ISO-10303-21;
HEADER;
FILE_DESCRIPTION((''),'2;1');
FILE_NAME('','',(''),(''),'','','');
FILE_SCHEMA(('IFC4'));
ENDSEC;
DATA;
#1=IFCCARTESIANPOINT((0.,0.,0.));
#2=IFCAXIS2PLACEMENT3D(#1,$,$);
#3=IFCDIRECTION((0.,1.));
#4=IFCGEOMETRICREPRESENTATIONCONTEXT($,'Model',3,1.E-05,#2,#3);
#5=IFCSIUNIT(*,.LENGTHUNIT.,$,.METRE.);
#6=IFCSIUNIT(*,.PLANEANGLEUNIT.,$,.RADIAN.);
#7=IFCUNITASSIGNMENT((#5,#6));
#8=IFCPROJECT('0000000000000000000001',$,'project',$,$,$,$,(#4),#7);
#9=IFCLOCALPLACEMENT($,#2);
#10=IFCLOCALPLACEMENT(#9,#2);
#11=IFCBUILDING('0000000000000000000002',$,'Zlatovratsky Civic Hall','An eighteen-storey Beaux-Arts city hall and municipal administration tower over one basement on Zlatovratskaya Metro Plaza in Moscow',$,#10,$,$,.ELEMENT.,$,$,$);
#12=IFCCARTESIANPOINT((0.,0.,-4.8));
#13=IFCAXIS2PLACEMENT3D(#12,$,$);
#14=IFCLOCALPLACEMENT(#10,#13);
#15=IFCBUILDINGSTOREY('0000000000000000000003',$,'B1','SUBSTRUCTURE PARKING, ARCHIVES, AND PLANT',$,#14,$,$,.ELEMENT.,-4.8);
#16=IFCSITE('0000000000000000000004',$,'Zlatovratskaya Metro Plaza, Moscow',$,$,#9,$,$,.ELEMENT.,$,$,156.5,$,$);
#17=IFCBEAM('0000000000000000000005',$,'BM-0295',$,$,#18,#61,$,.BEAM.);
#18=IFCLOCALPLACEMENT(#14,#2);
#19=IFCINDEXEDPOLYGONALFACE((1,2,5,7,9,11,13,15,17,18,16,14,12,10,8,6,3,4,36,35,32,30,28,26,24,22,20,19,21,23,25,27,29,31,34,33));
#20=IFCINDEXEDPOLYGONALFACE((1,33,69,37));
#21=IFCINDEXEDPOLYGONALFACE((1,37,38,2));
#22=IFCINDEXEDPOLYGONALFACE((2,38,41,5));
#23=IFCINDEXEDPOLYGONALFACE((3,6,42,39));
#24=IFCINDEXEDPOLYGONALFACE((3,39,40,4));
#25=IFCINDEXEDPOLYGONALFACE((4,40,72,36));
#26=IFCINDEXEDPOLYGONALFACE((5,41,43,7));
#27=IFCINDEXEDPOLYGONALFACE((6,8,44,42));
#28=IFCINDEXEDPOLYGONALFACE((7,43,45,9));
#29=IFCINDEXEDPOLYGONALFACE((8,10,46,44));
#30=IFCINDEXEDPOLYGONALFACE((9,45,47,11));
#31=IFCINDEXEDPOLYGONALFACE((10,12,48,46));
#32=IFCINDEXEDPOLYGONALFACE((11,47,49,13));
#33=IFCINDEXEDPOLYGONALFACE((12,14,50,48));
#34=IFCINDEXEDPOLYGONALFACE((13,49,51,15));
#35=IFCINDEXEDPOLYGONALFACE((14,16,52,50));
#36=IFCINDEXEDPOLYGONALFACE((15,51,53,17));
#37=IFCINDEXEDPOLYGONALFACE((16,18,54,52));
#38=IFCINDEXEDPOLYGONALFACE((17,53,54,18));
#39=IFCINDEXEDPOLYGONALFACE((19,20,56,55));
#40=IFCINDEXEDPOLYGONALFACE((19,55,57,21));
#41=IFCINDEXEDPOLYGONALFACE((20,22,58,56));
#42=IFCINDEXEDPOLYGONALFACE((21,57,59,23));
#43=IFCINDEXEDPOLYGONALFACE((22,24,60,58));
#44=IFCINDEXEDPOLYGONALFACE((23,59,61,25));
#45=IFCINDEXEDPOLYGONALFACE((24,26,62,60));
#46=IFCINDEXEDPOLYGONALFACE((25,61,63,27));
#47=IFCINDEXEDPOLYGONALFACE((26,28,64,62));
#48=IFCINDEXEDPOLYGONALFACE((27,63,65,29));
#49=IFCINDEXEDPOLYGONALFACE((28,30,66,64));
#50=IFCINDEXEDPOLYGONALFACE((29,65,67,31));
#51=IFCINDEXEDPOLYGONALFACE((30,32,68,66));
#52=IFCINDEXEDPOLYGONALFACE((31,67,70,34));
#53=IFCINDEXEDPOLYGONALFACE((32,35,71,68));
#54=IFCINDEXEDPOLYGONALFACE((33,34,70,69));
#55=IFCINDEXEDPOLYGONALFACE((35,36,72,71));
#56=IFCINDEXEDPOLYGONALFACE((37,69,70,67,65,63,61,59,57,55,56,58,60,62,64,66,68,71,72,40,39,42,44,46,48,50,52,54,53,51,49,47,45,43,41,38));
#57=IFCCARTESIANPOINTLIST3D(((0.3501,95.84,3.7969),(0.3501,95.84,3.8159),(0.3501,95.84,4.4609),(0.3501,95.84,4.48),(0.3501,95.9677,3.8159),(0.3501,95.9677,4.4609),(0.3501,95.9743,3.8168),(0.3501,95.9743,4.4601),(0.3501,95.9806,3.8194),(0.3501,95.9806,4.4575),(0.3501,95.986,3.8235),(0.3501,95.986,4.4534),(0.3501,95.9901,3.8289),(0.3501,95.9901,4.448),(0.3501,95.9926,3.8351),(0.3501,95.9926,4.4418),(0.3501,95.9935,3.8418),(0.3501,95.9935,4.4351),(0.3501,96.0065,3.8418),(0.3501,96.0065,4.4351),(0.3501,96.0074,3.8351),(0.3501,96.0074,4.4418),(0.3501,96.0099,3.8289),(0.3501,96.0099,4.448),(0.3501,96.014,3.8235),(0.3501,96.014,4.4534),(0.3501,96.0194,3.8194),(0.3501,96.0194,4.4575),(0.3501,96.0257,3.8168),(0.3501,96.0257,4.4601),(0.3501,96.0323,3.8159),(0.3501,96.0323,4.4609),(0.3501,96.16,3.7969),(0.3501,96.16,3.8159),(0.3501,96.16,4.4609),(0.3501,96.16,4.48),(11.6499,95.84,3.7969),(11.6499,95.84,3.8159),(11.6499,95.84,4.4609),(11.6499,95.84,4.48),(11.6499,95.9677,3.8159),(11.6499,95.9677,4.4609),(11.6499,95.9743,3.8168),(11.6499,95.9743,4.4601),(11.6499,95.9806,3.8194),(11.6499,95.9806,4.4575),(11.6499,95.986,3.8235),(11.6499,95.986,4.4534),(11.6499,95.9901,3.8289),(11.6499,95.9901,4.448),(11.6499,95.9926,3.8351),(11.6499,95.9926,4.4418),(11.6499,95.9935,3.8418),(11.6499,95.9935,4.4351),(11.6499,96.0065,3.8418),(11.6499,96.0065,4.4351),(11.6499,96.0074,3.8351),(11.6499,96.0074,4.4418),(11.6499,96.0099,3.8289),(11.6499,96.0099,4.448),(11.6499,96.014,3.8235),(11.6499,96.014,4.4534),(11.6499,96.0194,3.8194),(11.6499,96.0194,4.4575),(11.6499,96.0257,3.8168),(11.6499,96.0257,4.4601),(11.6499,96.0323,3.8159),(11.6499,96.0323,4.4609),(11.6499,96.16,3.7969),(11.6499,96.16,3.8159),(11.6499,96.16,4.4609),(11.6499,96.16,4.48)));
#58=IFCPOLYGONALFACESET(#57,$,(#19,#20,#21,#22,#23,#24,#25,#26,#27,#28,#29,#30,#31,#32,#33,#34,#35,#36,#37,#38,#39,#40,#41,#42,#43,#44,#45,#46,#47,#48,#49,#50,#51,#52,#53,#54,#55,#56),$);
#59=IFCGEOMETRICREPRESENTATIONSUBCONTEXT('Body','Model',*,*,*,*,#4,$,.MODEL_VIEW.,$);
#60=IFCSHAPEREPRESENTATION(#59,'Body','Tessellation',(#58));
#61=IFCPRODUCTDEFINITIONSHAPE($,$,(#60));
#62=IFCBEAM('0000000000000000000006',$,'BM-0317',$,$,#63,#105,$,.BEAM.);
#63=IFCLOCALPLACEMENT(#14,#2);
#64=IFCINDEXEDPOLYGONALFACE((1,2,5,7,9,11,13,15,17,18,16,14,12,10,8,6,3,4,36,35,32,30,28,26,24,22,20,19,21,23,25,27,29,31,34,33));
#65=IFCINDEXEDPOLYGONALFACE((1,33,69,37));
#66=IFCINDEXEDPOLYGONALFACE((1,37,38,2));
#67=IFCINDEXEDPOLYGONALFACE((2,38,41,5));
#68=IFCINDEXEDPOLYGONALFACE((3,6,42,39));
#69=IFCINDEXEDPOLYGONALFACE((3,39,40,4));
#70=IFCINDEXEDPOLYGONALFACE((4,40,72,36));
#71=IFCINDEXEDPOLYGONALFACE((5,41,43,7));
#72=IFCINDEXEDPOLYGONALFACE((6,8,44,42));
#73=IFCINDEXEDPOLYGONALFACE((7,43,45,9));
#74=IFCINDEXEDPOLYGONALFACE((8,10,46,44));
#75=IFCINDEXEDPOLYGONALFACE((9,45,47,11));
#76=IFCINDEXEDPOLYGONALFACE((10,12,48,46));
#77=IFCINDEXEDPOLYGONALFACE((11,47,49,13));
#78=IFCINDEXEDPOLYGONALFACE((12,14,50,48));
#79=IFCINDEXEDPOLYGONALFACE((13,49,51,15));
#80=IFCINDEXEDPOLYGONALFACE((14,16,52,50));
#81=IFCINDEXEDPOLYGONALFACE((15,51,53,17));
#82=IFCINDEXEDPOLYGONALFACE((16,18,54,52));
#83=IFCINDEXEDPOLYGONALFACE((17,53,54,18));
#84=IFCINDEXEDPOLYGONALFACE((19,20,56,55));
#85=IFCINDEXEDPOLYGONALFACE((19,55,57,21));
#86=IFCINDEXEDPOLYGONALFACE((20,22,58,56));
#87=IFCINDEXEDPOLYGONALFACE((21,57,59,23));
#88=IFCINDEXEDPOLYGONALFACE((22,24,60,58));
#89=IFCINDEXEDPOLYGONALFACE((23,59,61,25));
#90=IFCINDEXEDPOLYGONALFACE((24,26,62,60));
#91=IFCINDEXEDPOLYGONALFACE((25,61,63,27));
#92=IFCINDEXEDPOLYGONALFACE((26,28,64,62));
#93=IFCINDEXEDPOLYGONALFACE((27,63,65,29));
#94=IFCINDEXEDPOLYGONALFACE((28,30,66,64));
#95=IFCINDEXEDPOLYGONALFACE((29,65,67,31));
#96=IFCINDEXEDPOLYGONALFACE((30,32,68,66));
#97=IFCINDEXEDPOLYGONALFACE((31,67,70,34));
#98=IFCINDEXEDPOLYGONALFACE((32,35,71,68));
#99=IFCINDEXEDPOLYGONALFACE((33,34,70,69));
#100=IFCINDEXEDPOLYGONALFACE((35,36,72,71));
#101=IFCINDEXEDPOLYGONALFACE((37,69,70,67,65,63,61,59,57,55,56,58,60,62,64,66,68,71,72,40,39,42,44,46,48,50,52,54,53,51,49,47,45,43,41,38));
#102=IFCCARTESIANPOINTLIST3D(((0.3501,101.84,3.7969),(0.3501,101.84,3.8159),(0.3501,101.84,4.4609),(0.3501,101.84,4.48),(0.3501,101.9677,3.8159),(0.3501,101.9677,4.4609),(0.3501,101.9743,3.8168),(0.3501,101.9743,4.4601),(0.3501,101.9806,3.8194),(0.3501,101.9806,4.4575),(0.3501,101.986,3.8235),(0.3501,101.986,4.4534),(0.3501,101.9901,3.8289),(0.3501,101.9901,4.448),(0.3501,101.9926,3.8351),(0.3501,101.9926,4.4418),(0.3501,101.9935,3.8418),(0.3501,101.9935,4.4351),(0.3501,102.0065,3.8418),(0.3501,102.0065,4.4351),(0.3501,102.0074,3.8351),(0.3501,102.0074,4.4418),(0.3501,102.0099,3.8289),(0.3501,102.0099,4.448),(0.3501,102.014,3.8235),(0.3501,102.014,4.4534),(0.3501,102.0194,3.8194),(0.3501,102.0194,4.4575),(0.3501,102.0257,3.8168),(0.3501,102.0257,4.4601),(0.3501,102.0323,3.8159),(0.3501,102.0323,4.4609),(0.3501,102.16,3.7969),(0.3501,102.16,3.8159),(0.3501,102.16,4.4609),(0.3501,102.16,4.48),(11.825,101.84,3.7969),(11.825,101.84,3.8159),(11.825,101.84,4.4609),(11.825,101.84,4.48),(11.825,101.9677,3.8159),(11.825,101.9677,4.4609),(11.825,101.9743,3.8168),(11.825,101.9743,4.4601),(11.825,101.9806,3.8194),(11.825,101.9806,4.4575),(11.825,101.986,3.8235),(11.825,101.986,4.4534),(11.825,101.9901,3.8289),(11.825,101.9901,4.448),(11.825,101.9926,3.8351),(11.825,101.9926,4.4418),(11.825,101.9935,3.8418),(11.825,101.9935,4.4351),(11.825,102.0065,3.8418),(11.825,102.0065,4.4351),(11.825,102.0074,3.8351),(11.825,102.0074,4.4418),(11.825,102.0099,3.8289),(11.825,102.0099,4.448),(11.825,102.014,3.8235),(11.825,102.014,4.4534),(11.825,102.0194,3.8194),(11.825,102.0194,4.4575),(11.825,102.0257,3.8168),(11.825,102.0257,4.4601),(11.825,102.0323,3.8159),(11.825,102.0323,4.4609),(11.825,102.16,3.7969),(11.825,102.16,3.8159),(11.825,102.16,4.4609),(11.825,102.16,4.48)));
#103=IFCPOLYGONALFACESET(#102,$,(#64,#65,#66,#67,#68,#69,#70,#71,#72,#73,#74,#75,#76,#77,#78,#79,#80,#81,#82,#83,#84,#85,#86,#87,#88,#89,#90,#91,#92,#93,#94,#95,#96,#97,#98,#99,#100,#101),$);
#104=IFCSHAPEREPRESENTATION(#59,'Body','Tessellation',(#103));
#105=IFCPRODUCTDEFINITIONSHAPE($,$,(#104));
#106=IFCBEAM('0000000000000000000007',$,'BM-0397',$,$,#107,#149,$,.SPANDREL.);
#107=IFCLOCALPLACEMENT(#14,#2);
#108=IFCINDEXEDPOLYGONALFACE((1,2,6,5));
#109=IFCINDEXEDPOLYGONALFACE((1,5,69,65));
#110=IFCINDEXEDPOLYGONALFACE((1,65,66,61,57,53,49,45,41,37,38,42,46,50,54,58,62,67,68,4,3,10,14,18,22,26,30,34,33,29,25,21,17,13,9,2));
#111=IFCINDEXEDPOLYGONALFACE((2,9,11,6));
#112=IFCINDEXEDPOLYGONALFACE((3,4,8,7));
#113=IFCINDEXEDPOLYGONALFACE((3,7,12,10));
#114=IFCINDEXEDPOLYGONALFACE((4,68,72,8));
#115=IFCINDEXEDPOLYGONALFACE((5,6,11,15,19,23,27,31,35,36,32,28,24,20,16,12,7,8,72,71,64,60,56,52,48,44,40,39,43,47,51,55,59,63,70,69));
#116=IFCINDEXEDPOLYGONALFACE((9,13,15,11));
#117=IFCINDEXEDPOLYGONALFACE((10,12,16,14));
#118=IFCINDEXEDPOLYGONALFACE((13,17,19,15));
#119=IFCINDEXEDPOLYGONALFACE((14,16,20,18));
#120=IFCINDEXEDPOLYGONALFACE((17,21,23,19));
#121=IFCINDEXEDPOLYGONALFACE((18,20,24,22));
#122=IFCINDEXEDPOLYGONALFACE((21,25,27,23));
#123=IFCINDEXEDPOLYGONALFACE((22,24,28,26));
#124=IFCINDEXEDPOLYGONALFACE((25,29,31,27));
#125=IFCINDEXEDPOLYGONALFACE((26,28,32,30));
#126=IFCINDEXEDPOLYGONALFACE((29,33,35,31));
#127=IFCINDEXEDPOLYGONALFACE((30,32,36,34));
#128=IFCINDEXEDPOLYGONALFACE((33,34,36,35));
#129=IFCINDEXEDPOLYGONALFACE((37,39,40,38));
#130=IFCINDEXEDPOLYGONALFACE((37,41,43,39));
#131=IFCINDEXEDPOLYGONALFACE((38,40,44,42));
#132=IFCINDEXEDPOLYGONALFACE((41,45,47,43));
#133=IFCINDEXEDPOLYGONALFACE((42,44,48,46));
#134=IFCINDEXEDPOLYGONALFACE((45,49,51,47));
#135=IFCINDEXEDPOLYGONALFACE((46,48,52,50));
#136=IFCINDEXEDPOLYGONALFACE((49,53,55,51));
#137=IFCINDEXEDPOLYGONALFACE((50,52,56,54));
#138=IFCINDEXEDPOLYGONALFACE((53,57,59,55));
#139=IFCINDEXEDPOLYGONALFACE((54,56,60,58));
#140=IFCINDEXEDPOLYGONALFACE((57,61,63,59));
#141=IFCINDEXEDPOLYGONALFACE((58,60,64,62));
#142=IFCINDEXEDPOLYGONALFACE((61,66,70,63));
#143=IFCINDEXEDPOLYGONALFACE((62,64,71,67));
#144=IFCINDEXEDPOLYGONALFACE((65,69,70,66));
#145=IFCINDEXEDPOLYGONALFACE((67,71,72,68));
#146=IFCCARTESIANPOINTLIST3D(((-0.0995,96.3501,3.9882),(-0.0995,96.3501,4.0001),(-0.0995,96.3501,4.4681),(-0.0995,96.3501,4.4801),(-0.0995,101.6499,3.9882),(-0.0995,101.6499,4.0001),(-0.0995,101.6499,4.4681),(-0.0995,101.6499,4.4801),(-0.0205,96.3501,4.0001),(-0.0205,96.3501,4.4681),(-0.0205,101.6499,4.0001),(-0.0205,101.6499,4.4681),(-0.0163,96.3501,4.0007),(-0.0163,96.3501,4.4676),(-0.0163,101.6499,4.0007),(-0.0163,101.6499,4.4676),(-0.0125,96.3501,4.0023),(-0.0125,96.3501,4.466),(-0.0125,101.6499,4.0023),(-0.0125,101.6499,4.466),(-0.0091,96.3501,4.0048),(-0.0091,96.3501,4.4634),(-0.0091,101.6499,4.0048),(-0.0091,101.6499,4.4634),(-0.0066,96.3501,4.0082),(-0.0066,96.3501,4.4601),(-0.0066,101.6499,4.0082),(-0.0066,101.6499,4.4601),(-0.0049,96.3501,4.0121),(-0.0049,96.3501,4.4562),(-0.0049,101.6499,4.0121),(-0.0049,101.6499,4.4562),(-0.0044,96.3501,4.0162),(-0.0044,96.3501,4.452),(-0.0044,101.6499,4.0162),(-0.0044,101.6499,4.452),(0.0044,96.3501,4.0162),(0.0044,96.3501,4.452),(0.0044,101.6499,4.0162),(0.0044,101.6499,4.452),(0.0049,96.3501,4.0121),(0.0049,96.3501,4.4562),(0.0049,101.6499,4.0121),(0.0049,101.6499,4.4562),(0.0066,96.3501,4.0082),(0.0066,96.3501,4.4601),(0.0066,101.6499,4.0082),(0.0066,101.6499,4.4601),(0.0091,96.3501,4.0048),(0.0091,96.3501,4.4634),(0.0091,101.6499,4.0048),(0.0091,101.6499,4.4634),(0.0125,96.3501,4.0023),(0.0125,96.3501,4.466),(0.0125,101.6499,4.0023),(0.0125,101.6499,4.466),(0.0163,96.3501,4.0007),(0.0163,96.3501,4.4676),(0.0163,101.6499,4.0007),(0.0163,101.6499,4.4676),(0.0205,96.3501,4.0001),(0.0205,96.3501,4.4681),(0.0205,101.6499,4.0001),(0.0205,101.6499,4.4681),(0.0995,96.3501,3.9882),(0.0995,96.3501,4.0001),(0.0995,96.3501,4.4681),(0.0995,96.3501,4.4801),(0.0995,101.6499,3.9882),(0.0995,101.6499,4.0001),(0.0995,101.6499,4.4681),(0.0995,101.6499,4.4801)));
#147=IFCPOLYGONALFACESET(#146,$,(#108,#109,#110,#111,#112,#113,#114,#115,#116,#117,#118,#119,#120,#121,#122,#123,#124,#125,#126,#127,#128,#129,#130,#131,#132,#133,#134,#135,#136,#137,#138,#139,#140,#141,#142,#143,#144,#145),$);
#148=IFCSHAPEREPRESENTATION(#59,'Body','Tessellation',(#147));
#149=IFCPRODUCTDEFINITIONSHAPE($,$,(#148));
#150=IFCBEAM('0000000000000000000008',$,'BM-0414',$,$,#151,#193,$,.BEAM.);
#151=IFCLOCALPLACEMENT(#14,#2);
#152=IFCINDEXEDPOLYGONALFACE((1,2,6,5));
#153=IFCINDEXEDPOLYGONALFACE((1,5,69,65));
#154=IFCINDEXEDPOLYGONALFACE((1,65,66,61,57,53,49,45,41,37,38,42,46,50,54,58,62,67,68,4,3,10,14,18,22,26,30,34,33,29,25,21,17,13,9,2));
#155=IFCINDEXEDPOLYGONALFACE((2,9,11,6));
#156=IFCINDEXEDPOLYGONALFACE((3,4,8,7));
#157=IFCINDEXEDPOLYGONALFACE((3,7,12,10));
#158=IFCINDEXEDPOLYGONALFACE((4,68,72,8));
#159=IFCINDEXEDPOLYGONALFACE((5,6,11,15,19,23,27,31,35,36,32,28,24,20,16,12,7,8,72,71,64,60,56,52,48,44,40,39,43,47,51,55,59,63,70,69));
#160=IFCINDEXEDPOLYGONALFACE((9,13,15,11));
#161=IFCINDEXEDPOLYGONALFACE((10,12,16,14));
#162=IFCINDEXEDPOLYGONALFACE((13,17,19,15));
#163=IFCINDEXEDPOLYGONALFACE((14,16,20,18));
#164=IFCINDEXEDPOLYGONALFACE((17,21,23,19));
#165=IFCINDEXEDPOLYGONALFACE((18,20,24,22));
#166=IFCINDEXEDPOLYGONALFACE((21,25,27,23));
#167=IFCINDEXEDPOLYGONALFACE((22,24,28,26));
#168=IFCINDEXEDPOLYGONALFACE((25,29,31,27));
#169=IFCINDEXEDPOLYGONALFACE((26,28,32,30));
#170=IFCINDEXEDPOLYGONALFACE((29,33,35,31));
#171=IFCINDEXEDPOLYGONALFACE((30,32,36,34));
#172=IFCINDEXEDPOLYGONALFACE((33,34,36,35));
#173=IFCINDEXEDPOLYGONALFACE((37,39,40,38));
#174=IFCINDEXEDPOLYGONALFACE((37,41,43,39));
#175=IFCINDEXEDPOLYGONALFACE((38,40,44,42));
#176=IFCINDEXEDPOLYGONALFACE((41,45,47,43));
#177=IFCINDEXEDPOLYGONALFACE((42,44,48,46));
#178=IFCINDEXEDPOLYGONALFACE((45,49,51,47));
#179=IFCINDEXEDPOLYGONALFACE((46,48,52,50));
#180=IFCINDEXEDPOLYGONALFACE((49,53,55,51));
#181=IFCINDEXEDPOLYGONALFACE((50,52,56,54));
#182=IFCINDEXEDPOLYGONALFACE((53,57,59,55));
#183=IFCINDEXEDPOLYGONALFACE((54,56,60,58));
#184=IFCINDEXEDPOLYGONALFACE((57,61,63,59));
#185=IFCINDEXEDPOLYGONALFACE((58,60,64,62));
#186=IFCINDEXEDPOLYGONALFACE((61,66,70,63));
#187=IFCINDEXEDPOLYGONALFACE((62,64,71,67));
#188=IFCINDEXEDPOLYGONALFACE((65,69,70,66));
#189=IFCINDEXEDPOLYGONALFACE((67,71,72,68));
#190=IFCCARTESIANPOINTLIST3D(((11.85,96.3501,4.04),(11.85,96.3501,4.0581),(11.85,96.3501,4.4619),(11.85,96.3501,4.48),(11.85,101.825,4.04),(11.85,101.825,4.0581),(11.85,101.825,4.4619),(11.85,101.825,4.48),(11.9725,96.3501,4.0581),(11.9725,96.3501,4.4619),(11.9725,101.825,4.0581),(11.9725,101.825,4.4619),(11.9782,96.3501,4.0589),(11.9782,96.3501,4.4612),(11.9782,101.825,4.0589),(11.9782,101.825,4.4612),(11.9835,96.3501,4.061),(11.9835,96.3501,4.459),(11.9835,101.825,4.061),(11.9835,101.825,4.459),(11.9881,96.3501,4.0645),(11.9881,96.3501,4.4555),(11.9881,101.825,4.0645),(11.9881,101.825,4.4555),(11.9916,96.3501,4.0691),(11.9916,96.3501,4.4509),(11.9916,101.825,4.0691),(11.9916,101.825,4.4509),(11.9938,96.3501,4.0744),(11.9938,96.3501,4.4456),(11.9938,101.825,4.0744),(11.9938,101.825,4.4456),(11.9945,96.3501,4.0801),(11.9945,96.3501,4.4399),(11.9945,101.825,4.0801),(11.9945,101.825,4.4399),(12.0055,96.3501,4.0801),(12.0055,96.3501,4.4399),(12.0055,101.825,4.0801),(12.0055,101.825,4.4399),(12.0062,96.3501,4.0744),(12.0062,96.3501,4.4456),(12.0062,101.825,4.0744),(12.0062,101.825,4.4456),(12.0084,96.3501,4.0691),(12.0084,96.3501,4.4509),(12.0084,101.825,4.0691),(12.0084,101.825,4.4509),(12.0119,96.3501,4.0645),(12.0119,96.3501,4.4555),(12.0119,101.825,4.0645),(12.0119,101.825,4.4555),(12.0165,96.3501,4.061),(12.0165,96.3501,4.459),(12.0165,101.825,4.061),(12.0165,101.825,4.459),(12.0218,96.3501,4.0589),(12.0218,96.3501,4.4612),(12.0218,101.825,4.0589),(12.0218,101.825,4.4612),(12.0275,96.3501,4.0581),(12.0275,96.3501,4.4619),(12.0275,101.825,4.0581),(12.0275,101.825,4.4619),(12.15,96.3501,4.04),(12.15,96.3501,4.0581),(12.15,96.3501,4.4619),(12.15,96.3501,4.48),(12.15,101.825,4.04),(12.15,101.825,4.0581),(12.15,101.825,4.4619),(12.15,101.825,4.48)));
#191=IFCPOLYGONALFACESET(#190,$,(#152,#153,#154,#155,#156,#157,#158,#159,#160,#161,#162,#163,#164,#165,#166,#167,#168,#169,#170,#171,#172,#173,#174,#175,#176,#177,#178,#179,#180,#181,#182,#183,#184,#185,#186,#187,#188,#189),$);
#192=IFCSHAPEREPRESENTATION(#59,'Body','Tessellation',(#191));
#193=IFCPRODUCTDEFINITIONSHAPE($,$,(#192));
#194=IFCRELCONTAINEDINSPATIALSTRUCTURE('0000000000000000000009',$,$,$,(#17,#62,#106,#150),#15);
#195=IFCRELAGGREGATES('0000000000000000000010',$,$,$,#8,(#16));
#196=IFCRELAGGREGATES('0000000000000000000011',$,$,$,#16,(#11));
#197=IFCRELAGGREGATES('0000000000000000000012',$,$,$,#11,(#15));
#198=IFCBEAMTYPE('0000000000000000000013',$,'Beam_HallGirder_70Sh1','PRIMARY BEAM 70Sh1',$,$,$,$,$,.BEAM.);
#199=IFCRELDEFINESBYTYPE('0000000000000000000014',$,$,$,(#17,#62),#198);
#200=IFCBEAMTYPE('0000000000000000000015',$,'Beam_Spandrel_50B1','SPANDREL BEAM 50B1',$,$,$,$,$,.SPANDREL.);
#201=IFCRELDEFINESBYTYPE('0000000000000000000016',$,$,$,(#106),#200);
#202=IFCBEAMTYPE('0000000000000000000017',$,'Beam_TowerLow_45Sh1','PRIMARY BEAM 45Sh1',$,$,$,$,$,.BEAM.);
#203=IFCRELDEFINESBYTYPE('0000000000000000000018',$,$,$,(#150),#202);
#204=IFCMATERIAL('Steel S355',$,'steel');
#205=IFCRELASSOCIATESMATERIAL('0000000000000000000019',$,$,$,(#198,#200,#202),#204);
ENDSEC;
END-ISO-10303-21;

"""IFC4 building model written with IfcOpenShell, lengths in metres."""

from ifc_helpers import new_model, si_unit, direction, frame, origin, origin_2d, place, context, subcontext, project, spatial, i_section, extrude, material, material_profile, profile_set, type_object, element, save


model = new_model("IFC4")

# Units and contexts
model_context = context("Model", 3, precision=1e-05, world=origin(), true_north=direction((0.0, 1.0)))
body_context = subcontext(model_context, "Body", "Model", "MODEL_VIEW")
ifc_project = project(units=[si_unit("LENGTHUNIT", "METRE"), si_unit("PLANEANGLEUNIT", "RADIAN")], contexts=[model_context])

# Site, building, storey
site_placement = place(None, origin())
site = spatial("IfcSite", under=ifc_project, at=site_placement, Name="Zlatovratskaya Metro Plaza, Moscow", CompositionType="ELEMENT", RefElevation=156.5)
building_placement = place(site_placement, origin())
building = spatial("IfcBuilding", under=site, at=building_placement, Name="Zlatovratsky Civic Hall", Description="An eighteen-storey Beaux-Arts city hall and municipal administration tower over one basement on Zlatovratskaya Metro Plaza in Moscow", CompositionType="ELEMENT")
storey_placement = place(building_placement, frame((0.0, 0.0, -4.8)))
storey = spatial("IfcBuildingStorey", under=building, at=storey_placement, Name="B1", Description="SUBSTRUCTURE PARKING, ARCHIVES, AND PLANT", CompositionType="ELEMENT", Elevation=-4.8)

# Shared definitions
ifc_material_1 = material(Name="Steel S355", Category="steel")

# Beams
ifc_material_profile_1 = material_profile(ifc_material_1, i_section(OverallWidth=0.3201, OverallDepth=0.6831, WebThickness=0.0129, FlangeThickness=0.019, FilletRadius=0.0259, at=origin_2d()), Name="70Sh1")
ifc_profile_set_1 = profile_set([ifc_material_profile_1], Name="Steel S355")
beam_type_1 = type_object("IfcBeamType", Name="Beam_HallGirder_70Sh1", Description="PRIMARY BEAM 70Sh1", PredefinedType="BEAM", material=ifc_profile_set_1)
beam_1_placement = place(storey_placement, frame((0.3501, 96.0, 4.1384), z_axis=(1.0, 0.0, 0.0), x_axis=(0.0, 1.0, 0.0)))
element("IfcBeam", 1, at=beam_1_placement, inside=storey, type_object=beam_type_1, Name="BM-0295", PredefinedType="BEAM", context=body_context, shape_type="SweptSolid", body=[
    extrude(i_section(OverallWidth=0.3201, OverallDepth=0.6831, WebThickness=0.0129, FlangeThickness=0.019, FilletRadius=0.0259, at=origin_2d()), origin(), (0.0, 0.0, 1.0), 11.2998),
])
beam_2_placement = place(storey_placement, frame((0.3501, 102.0, 4.1384), z_axis=(1.0, 0.0, 0.0), x_axis=(0.0, 1.0, 0.0)))
element("IfcBeam", 2, at=beam_2_placement, inside=storey, type_object=beam_type_1, Name="BM-0317", PredefinedType="BEAM", context=body_context, shape_type="SweptSolid", body=[
    extrude(i_section(OverallWidth=0.3201, OverallDepth=0.6831, WebThickness=0.0129, FlangeThickness=0.019, FilletRadius=0.0259, at=origin_2d()), origin(), (0.0, 0.0, 1.0), 11.4749),
])
ifc_material_profile_2 = material_profile(ifc_material_1, i_section(OverallWidth=0.199, OverallDepth=0.4919, WebThickness=0.0088, FlangeThickness=0.012, FilletRadius=0.0161, at=origin_2d()), Name="50B1")
ifc_profile_set_2 = profile_set([ifc_material_profile_2], Name="Steel S355")
beam_type_2 = type_object("IfcBeamType", Name="Beam_Spandrel_50B1", Description="SPANDREL BEAM 50B1", PredefinedType="SPANDREL", material=ifc_profile_set_2)
beam_3_placement = place(storey_placement, frame((0.0, 96.3501, 4.2341), z_axis=(0.0, 1.0, 0.0), x_axis=(-1.0, 0.0, 0.0)))
element("IfcBeam", 3, at=beam_3_placement, inside=storey, type_object=beam_type_2, Name="BM-0397", PredefinedType="SPANDREL", context=body_context, shape_type="SweptSolid", body=[
    extrude(i_section(OverallWidth=0.199, OverallDepth=0.4919, WebThickness=0.0088, FlangeThickness=0.012, FilletRadius=0.0161, at=origin_2d()), origin(), (0.0, 0.0, 1.0), 5.2998),
])
ifc_material_profile_3 = material_profile(ifc_material_1, i_section(OverallWidth=0.3, OverallDepth=0.4399, WebThickness=0.011, FlangeThickness=0.0181, FilletRadius=0.022, at=origin_2d()), Name="45Sh1")
ifc_profile_set_3 = profile_set([ifc_material_profile_3], Name="Steel S355")
beam_type_3 = type_object("IfcBeamType", Name="Beam_TowerLow_45Sh1", Description="PRIMARY BEAM 45Sh1", PredefinedType="BEAM", material=ifc_profile_set_3)
beam_4_placement = place(storey_placement, frame((12.0, 96.3501, 4.26), z_axis=(0.0, 1.0, 0.0), x_axis=(-1.0, 0.0, 0.0)))
element("IfcBeam", 4, at=beam_4_placement, inside=storey, type_object=beam_type_3, Name="BM-0414", PredefinedType="BEAM", context=body_context, shape_type="SweptSolid", body=[
    extrude(i_section(OverallWidth=0.3, OverallDepth=0.4399, WebThickness=0.011, FlangeThickness=0.0181, FilletRadius=0.022, at=origin_2d()), origin(), (0.0, 0.0, 1.0), 5.4749),
])

save(model, "model.ifc")
